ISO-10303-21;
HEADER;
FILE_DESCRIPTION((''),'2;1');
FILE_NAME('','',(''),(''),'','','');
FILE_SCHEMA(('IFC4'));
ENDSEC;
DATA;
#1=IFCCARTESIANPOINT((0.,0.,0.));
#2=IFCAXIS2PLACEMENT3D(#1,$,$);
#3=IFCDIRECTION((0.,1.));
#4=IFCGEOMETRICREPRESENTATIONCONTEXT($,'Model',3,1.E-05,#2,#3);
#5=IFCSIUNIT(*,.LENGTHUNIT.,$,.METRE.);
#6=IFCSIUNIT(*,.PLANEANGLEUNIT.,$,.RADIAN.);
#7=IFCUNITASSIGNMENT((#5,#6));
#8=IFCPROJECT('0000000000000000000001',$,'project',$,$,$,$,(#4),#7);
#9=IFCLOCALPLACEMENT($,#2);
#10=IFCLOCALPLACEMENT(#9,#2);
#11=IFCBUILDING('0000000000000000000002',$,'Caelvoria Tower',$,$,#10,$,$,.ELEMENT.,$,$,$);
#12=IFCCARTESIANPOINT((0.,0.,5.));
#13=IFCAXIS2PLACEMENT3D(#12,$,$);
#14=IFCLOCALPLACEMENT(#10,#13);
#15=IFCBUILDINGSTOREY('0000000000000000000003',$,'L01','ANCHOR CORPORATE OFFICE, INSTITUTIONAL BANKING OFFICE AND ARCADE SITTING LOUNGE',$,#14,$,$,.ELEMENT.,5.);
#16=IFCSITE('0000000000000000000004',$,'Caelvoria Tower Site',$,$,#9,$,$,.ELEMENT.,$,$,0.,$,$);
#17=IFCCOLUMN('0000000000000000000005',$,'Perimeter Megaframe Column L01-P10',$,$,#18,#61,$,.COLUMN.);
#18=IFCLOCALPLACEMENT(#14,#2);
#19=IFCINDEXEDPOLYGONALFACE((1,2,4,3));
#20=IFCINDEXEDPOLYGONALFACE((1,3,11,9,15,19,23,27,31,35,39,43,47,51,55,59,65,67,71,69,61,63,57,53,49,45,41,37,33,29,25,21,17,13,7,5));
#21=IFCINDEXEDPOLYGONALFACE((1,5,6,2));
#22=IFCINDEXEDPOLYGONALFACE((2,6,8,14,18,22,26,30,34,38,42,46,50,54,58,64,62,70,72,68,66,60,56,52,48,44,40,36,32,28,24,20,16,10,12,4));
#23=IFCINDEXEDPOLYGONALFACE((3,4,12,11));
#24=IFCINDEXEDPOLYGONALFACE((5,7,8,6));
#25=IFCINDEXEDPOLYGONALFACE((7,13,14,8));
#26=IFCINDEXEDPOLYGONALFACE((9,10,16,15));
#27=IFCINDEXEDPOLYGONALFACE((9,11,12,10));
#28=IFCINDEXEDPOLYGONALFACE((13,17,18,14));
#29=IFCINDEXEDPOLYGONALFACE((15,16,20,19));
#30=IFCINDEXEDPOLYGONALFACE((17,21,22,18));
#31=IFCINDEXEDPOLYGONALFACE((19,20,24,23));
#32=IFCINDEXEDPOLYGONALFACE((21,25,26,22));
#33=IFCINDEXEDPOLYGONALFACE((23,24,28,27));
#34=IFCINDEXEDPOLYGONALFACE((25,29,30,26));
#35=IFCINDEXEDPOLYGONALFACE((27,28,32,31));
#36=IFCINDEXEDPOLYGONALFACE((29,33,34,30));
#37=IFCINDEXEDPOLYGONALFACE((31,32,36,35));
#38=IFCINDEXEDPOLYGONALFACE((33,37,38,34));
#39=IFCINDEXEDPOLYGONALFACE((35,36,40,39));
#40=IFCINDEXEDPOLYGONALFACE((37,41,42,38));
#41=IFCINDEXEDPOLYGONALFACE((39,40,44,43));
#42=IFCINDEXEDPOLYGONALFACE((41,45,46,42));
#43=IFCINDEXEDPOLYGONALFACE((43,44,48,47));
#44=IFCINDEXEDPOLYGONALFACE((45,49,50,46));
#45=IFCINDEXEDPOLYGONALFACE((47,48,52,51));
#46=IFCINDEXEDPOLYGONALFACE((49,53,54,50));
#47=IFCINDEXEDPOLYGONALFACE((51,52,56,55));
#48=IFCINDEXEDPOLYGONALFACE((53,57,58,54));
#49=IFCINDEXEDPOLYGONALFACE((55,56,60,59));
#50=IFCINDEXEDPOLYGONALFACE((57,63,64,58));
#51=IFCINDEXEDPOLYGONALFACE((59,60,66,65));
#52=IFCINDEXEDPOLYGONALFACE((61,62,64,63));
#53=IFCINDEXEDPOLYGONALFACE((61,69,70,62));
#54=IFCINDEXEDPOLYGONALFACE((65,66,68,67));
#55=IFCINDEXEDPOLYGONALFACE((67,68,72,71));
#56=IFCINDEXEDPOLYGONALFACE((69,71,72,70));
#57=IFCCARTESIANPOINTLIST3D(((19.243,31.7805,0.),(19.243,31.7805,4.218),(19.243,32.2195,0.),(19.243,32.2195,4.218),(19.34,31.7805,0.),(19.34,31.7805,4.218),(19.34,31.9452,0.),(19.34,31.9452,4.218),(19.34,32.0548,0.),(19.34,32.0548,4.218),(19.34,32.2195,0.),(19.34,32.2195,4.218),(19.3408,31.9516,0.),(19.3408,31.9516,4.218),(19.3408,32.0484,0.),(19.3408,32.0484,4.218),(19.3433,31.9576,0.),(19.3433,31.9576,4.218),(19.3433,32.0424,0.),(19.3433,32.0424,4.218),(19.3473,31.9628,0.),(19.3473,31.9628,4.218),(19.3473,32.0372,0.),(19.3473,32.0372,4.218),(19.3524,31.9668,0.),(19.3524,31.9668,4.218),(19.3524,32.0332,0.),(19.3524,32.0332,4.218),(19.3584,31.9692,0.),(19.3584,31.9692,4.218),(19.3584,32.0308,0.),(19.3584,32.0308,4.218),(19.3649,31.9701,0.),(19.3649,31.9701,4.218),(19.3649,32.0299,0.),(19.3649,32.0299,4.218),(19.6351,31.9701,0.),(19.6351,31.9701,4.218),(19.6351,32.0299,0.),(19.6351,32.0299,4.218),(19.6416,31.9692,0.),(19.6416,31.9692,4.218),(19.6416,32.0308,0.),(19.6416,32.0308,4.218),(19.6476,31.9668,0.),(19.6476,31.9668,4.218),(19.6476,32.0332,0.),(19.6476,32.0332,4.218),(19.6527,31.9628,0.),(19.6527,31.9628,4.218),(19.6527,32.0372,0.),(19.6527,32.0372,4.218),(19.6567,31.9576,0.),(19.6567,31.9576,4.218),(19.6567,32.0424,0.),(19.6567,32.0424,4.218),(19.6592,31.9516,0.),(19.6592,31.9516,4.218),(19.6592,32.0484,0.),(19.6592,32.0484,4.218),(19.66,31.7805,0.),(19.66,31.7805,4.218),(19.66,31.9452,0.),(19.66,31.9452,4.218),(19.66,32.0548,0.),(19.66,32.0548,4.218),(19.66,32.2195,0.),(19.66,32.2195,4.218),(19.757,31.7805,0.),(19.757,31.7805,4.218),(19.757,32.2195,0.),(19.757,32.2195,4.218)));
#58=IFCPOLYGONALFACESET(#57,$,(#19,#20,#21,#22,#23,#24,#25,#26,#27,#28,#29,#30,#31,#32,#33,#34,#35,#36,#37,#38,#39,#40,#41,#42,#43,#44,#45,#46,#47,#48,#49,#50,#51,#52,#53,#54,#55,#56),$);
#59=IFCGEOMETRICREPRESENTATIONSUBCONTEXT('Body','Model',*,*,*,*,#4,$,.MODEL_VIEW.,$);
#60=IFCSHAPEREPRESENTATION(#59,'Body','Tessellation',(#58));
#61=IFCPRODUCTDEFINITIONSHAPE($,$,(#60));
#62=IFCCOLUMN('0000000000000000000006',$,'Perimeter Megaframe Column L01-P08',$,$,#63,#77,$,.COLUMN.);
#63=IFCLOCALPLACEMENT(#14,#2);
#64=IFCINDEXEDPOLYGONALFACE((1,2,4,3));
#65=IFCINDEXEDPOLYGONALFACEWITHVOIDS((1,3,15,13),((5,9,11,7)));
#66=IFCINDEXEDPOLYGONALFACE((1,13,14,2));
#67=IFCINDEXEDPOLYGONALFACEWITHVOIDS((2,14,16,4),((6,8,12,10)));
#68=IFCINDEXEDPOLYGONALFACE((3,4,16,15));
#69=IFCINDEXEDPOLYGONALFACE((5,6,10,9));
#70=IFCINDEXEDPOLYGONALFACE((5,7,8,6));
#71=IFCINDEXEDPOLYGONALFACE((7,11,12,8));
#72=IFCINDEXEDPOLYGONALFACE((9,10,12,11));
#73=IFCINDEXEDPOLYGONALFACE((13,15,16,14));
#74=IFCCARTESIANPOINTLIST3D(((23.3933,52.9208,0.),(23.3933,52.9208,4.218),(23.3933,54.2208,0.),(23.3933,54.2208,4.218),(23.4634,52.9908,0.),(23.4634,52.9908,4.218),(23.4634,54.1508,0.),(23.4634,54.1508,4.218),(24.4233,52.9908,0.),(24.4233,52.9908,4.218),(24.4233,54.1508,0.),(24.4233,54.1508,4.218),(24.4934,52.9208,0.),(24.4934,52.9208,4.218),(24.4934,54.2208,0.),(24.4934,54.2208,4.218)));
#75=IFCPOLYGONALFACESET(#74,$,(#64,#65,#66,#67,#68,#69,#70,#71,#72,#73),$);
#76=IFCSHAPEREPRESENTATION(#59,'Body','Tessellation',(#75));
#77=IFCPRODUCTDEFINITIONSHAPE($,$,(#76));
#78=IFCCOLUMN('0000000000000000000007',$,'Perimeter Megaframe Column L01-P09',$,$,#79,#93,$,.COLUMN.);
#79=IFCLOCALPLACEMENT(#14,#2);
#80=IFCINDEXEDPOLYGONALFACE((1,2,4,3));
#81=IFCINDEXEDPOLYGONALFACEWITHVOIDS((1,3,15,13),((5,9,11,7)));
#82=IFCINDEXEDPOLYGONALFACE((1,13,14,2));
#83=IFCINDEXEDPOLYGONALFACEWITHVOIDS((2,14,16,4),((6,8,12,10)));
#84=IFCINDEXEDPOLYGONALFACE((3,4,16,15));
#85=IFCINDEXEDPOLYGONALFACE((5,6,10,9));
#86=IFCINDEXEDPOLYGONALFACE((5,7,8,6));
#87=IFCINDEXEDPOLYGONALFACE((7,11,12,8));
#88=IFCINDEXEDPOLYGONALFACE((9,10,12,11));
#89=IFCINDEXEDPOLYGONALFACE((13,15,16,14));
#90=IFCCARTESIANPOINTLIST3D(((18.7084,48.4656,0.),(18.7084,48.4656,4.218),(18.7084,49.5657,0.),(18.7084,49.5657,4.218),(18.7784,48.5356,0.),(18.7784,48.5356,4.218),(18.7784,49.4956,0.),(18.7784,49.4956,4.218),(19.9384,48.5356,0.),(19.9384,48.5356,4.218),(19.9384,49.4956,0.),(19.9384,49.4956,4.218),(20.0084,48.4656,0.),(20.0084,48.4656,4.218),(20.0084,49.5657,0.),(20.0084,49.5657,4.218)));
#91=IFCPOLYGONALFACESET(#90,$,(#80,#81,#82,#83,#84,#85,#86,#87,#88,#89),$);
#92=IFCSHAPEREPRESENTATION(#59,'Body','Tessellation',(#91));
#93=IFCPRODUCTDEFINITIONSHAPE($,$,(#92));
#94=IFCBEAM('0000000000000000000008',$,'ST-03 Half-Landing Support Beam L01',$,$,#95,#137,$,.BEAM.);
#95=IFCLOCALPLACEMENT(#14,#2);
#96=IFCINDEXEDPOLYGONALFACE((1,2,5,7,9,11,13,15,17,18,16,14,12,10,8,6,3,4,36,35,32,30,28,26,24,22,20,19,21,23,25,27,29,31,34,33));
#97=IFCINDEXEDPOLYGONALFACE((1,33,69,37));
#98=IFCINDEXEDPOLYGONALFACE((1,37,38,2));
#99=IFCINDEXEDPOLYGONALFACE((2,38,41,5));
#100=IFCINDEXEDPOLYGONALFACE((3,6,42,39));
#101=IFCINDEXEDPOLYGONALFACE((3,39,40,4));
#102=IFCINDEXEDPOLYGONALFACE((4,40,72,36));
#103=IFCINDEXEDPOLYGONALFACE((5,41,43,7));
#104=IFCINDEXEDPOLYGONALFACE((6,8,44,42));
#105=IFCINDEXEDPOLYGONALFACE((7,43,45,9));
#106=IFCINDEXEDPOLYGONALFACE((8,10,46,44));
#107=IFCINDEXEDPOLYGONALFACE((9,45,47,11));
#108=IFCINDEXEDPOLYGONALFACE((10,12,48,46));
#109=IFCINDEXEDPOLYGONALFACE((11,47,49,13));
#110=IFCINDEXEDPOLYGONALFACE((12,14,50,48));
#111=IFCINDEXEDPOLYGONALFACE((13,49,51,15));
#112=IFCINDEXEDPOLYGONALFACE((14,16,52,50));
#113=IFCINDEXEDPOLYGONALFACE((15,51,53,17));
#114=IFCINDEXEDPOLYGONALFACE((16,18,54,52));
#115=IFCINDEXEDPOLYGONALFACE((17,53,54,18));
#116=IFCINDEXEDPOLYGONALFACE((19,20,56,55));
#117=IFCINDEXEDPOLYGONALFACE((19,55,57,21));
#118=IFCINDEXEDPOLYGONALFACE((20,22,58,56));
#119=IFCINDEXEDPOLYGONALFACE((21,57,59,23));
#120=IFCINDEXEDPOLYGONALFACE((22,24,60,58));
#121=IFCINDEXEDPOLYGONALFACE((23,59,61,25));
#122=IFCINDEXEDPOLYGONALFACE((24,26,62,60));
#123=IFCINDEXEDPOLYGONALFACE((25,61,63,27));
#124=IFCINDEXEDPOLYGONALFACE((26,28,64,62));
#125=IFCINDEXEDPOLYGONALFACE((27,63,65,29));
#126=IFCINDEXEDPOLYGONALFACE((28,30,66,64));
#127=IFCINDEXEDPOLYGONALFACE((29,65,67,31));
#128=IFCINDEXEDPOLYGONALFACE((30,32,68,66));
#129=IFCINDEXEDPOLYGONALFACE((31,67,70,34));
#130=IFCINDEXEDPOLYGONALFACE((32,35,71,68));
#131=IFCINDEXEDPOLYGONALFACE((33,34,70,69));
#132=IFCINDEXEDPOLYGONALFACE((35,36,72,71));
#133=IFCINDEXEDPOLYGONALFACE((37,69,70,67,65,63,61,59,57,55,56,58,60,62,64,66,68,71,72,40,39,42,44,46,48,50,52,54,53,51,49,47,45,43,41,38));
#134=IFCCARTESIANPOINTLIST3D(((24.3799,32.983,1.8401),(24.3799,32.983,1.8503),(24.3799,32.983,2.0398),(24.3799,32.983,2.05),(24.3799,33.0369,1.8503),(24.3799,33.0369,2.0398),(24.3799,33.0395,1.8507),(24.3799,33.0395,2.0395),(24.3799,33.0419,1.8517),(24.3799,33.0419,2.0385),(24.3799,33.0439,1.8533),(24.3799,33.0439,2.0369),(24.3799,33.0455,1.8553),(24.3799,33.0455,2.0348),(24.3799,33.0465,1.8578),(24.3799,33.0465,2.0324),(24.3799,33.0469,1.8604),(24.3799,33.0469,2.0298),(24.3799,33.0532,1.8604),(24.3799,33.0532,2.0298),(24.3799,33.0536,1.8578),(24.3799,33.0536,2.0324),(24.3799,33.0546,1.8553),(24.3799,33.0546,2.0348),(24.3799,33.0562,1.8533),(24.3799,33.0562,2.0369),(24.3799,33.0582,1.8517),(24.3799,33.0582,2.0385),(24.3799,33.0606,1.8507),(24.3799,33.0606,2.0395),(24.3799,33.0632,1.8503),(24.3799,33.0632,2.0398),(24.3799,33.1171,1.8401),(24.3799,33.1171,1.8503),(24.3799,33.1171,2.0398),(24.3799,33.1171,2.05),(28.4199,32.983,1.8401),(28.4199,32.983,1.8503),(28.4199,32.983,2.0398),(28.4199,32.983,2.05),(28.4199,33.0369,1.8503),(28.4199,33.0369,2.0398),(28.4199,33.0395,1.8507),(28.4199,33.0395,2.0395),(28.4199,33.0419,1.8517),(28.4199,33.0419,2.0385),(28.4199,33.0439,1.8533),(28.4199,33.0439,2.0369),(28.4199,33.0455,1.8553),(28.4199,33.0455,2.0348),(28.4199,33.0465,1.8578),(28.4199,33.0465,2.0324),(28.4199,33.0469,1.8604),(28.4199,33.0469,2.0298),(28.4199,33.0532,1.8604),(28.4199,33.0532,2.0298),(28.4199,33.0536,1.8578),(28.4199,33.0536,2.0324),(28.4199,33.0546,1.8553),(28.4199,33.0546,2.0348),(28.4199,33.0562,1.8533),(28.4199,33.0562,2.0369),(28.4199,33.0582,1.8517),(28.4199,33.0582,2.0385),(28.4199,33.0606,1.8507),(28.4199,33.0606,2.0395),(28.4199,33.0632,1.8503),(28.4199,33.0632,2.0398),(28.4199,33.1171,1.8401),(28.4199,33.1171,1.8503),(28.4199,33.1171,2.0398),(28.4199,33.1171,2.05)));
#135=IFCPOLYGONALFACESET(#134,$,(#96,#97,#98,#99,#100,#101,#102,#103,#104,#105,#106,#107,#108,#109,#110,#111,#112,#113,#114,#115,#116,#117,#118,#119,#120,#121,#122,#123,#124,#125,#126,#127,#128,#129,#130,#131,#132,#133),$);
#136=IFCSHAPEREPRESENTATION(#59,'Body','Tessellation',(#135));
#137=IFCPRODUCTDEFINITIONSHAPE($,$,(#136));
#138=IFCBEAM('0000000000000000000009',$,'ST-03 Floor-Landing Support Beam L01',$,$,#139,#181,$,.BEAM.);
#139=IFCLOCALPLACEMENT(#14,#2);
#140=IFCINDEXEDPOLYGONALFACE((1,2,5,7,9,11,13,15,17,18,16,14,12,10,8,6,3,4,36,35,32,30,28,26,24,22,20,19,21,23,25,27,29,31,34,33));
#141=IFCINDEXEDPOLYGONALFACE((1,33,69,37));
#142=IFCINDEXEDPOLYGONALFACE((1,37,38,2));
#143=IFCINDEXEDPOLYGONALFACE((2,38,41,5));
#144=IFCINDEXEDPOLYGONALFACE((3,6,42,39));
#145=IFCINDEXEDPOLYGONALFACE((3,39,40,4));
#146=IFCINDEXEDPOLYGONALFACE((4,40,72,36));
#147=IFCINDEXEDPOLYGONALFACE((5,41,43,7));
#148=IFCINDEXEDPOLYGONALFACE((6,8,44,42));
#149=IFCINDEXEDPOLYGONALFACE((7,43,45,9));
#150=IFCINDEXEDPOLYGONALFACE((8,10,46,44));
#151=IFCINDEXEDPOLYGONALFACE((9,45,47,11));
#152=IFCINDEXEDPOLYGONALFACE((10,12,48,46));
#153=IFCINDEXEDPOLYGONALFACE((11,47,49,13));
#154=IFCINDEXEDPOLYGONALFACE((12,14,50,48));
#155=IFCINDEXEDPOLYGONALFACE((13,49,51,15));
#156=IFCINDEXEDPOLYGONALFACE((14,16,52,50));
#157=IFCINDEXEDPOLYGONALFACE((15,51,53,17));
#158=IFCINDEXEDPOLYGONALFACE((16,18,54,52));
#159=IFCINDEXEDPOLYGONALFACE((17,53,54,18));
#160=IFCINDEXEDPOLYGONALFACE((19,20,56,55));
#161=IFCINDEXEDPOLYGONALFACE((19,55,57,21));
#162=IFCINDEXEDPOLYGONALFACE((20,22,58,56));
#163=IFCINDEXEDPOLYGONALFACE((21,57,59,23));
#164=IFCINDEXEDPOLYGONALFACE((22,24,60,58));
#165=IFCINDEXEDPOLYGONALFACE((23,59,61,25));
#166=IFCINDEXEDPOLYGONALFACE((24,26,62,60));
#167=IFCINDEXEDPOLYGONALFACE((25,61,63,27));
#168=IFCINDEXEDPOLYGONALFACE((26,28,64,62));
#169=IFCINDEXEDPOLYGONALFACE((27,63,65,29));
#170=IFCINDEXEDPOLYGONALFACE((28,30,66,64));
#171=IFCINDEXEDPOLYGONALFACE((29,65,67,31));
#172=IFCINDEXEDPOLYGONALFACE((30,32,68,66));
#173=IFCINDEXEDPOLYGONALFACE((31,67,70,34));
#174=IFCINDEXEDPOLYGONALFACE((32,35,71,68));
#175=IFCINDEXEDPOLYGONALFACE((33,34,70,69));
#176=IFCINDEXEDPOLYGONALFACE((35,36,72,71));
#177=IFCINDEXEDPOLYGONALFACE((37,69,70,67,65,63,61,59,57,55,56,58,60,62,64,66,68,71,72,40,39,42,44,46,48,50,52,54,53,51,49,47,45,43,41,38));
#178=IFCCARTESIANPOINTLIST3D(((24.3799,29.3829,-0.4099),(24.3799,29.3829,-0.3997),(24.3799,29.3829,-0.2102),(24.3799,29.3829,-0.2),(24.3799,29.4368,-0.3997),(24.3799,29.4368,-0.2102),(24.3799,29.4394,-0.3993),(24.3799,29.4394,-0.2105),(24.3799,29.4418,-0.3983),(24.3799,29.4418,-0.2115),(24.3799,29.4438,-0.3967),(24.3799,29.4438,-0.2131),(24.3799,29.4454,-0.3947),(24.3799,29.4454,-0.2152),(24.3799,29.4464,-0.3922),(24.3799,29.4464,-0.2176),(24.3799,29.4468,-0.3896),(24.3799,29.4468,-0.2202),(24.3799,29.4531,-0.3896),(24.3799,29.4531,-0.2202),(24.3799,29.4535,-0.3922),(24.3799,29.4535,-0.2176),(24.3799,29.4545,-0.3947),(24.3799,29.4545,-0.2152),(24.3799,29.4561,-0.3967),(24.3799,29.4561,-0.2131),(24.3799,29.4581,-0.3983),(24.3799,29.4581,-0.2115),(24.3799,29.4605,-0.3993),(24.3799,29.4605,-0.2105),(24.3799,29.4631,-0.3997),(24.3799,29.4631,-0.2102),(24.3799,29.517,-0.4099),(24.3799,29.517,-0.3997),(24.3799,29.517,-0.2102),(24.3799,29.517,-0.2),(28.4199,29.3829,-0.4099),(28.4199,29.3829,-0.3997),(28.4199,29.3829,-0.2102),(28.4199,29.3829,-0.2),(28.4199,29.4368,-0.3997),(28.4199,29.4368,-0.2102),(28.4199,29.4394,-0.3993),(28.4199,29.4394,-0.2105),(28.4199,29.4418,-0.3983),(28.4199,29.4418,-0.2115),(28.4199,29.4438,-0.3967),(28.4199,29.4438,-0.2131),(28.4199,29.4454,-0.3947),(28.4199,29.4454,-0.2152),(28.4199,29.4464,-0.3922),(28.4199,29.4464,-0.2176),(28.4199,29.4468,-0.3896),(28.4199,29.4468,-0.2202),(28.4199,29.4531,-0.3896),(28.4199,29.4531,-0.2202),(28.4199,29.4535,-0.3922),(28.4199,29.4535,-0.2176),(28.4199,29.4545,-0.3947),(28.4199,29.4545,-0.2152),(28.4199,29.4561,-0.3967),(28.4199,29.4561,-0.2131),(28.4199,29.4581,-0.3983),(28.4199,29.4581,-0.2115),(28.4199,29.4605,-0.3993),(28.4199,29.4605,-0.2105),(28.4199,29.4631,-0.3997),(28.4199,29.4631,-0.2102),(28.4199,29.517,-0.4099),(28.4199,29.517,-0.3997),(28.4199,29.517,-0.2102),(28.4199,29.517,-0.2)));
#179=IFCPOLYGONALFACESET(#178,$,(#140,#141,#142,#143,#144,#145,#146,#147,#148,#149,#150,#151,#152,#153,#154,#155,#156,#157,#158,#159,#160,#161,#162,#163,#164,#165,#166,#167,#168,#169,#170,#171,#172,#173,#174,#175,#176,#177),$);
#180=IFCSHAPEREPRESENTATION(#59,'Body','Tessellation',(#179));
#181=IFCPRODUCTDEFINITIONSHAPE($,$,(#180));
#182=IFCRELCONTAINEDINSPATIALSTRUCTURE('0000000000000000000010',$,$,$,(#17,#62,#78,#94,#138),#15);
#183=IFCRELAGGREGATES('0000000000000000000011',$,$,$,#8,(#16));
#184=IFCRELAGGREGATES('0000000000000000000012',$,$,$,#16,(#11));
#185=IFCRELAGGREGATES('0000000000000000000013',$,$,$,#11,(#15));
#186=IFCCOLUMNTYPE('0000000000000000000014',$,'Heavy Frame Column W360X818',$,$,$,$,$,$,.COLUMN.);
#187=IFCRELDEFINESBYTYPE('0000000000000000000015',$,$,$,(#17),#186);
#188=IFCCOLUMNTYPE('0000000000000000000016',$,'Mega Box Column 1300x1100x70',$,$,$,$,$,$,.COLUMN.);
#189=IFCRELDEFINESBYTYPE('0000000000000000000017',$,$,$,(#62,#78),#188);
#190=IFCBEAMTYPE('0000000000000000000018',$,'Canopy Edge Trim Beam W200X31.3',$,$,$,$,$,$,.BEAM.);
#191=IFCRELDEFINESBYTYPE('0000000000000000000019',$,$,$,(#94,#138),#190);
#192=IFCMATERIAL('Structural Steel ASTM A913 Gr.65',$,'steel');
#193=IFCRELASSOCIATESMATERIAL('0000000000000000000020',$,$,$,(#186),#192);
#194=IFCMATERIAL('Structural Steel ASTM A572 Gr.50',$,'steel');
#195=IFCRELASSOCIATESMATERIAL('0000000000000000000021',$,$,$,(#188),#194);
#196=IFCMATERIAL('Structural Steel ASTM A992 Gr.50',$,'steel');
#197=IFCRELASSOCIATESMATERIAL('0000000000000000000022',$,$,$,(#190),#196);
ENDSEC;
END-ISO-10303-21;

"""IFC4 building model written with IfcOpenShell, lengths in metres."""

from ifc_helpers import new_model, si_unit, direction, frame, origin, origin_2d, place, context, subcontext, project, spatial, hollow_rectangle, i_section, extrude, material, material_profile, profile_set, type_object, element, save


model = new_model("IFC4")

# Units and contexts
model_context = context("Model", 3, precision=1e-05, world=origin(), true_north=direction((0.0, 1.0)))
body_context = subcontext(model_context, "Body", "Model", "MODEL_VIEW")
ifc_project = project(units=[si_unit("LENGTHUNIT", "METRE"), si_unit("PLANEANGLEUNIT", "RADIAN")], contexts=[model_context])

# Site, building, storey
site_placement = place(None, origin())
site = spatial("IfcSite", under=ifc_project, at=site_placement, Name="Caelvoria Tower Site", CompositionType="ELEMENT", RefElevation=0.0)
building_placement = place(site_placement, origin())
building = spatial("IfcBuilding", under=site, at=building_placement, Name="Caelvoria Tower", CompositionType="ELEMENT")
storey_placement = place(building_placement, frame((0.0, 0.0, 5.0)))
storey = spatial("IfcBuildingStorey", under=building, at=storey_placement, Name="L01", Description="ANCHOR CORPORATE OFFICE, INSTITUTIONAL BANKING OFFICE AND ARCADE SITTING LOUNGE", CompositionType="ELEMENT", Elevation=5.0)

# Columns
ifc_material_1 = material(Name="Structural Steel ASTM A913 Gr.65", Category="steel")
ifc_material_profile_1 = material_profile(ifc_material_1, i_section(OverallWidth=0.439, OverallDepth=0.5139, WebThickness=0.0598, FlangeThickness=0.0969, FilletRadius=0.0249, at=origin_2d()), Name="Structural Steel ASTM A913 Gr.65")
ifc_profile_set_1 = profile_set([ifc_material_profile_1], Name="W360X818 - Structural Steel ASTM A913 Gr.65")
column_type_1 = type_object("IfcColumnType", Name="Heavy Frame Column W360X818", PredefinedType="COLUMN", material=ifc_profile_set_1)
column_placement = place(storey_placement, frame((19.5, 32.0, 0.0), z_axis=(0.0, 0.0, 1.0), x_axis=(0.0, 1.0, 0.0)))
element("IfcColumn", 1, at=column_placement, inside=storey, type_object=column_type_1, Name="Perimeter Megaframe Column L01-P10", PredefinedType="COLUMN", context=body_context, shape_type="SweptSolid", body=[
    extrude(i_section(OverallWidth=0.439, OverallDepth=0.5139, WebThickness=0.0598, FlangeThickness=0.0969, FilletRadius=0.0249, at=origin_2d()), origin(), (0.0, 0.0, 1.0), 4.218),
])
ifc_material_2 = material(Name="Structural Steel ASTM A572 Gr.50", Category="steel")
ifc_material_profile_2 = material_profile(ifc_material_2, hollow_rectangle(XDim=1.1001, YDim=1.3, WallThickness=0.0701, at=origin_2d()), Name="Structural Steel ASTM A572 Gr.50")
ifc_profile_set_2 = profile_set([ifc_material_profile_2], Name="BOX1300X1100X70 - Structural Steel ASTM A572 Gr.50")
column_type_2 = type_object("IfcColumnType", Name="Mega Box Column 1300x1100x70", PredefinedType="COLUMN", material=ifc_profile_set_2)
for number, where, z_axis, x_axis, name in (
    (2, (23.9434, 53.5708, 0.0), (0.0, 0.0, 1.0), (1.0, 0.0, 0.0), "Perimeter Megaframe Column L01-P08"),
    (3, (19.3584, 49.0156, 0.0), (0.0, 0.0, 1.0), (0.0, 1.0, 0.0), "Perimeter Megaframe Column L01-P09"),
):
    element("IfcColumn", number, at=place(storey_placement, frame(where, z_axis=z_axis, x_axis=x_axis)), inside=storey, type_object=column_type_2, Name=name, PredefinedType="COLUMN", context=body_context, shape_type="SweptSolid", body=[
        extrude(hollow_rectangle(XDim=1.1001, YDim=1.3, WallThickness=0.0701, at=origin_2d()), origin(), (0.0, 0.0, 1.0), 4.218),
    ])

# Beams
ifc_material_3 = material(Name="Structural Steel ASTM A992 Gr.50", Category="steel")
ifc_material_profile_3 = material_profile(ifc_material_3, i_section(OverallWidth=0.134, OverallDepth=0.21, WebThickness=0.0063, FlangeThickness=0.0103, FilletRadius=0.01, at=origin_2d()), Name="Structural Steel ASTM A992 Gr.50")
ifc_profile_set_3 = profile_set([ifc_material_profile_3], Name="W200X31.3 - Structural Steel ASTM A992 Gr.50")
beam_type_1 = type_object("IfcBeamType", Name="Canopy Edge Trim Beam W200X31.3", PredefinedType="BEAM", material=ifc_profile_set_3)
for number, where, z_axis, x_axis, name in (
    (4, (24.3799, 33.05, 1.9451), (1.0, 0.0, 0.0), (0.0, 1.0, 0.0), "ST-03 Half-Landing Support Beam L01"),
    (5, (24.3799, 29.45, -0.3049), (1.0, 0.0, 0.0), (0.0, 1.0, 0.0), "ST-03 Floor-Landing Support Beam L01"),
):
    element("IfcBeam", number, at=place(storey_placement, frame(where, z_axis=z_axis, x_axis=x_axis)), inside=storey, type_object=beam_type_1, Name=name, PredefinedType="BEAM", context=body_context, shape_type="SweptSolid", body=[
        extrude(i_section(OverallWidth=0.134, OverallDepth=0.21, WebThickness=0.0063, FlangeThickness=0.0103, FilletRadius=0.01, at=origin_2d()), origin(), (0.0, 0.0, 1.0), 4.04),
    ])

save(model, "model.ifc")
